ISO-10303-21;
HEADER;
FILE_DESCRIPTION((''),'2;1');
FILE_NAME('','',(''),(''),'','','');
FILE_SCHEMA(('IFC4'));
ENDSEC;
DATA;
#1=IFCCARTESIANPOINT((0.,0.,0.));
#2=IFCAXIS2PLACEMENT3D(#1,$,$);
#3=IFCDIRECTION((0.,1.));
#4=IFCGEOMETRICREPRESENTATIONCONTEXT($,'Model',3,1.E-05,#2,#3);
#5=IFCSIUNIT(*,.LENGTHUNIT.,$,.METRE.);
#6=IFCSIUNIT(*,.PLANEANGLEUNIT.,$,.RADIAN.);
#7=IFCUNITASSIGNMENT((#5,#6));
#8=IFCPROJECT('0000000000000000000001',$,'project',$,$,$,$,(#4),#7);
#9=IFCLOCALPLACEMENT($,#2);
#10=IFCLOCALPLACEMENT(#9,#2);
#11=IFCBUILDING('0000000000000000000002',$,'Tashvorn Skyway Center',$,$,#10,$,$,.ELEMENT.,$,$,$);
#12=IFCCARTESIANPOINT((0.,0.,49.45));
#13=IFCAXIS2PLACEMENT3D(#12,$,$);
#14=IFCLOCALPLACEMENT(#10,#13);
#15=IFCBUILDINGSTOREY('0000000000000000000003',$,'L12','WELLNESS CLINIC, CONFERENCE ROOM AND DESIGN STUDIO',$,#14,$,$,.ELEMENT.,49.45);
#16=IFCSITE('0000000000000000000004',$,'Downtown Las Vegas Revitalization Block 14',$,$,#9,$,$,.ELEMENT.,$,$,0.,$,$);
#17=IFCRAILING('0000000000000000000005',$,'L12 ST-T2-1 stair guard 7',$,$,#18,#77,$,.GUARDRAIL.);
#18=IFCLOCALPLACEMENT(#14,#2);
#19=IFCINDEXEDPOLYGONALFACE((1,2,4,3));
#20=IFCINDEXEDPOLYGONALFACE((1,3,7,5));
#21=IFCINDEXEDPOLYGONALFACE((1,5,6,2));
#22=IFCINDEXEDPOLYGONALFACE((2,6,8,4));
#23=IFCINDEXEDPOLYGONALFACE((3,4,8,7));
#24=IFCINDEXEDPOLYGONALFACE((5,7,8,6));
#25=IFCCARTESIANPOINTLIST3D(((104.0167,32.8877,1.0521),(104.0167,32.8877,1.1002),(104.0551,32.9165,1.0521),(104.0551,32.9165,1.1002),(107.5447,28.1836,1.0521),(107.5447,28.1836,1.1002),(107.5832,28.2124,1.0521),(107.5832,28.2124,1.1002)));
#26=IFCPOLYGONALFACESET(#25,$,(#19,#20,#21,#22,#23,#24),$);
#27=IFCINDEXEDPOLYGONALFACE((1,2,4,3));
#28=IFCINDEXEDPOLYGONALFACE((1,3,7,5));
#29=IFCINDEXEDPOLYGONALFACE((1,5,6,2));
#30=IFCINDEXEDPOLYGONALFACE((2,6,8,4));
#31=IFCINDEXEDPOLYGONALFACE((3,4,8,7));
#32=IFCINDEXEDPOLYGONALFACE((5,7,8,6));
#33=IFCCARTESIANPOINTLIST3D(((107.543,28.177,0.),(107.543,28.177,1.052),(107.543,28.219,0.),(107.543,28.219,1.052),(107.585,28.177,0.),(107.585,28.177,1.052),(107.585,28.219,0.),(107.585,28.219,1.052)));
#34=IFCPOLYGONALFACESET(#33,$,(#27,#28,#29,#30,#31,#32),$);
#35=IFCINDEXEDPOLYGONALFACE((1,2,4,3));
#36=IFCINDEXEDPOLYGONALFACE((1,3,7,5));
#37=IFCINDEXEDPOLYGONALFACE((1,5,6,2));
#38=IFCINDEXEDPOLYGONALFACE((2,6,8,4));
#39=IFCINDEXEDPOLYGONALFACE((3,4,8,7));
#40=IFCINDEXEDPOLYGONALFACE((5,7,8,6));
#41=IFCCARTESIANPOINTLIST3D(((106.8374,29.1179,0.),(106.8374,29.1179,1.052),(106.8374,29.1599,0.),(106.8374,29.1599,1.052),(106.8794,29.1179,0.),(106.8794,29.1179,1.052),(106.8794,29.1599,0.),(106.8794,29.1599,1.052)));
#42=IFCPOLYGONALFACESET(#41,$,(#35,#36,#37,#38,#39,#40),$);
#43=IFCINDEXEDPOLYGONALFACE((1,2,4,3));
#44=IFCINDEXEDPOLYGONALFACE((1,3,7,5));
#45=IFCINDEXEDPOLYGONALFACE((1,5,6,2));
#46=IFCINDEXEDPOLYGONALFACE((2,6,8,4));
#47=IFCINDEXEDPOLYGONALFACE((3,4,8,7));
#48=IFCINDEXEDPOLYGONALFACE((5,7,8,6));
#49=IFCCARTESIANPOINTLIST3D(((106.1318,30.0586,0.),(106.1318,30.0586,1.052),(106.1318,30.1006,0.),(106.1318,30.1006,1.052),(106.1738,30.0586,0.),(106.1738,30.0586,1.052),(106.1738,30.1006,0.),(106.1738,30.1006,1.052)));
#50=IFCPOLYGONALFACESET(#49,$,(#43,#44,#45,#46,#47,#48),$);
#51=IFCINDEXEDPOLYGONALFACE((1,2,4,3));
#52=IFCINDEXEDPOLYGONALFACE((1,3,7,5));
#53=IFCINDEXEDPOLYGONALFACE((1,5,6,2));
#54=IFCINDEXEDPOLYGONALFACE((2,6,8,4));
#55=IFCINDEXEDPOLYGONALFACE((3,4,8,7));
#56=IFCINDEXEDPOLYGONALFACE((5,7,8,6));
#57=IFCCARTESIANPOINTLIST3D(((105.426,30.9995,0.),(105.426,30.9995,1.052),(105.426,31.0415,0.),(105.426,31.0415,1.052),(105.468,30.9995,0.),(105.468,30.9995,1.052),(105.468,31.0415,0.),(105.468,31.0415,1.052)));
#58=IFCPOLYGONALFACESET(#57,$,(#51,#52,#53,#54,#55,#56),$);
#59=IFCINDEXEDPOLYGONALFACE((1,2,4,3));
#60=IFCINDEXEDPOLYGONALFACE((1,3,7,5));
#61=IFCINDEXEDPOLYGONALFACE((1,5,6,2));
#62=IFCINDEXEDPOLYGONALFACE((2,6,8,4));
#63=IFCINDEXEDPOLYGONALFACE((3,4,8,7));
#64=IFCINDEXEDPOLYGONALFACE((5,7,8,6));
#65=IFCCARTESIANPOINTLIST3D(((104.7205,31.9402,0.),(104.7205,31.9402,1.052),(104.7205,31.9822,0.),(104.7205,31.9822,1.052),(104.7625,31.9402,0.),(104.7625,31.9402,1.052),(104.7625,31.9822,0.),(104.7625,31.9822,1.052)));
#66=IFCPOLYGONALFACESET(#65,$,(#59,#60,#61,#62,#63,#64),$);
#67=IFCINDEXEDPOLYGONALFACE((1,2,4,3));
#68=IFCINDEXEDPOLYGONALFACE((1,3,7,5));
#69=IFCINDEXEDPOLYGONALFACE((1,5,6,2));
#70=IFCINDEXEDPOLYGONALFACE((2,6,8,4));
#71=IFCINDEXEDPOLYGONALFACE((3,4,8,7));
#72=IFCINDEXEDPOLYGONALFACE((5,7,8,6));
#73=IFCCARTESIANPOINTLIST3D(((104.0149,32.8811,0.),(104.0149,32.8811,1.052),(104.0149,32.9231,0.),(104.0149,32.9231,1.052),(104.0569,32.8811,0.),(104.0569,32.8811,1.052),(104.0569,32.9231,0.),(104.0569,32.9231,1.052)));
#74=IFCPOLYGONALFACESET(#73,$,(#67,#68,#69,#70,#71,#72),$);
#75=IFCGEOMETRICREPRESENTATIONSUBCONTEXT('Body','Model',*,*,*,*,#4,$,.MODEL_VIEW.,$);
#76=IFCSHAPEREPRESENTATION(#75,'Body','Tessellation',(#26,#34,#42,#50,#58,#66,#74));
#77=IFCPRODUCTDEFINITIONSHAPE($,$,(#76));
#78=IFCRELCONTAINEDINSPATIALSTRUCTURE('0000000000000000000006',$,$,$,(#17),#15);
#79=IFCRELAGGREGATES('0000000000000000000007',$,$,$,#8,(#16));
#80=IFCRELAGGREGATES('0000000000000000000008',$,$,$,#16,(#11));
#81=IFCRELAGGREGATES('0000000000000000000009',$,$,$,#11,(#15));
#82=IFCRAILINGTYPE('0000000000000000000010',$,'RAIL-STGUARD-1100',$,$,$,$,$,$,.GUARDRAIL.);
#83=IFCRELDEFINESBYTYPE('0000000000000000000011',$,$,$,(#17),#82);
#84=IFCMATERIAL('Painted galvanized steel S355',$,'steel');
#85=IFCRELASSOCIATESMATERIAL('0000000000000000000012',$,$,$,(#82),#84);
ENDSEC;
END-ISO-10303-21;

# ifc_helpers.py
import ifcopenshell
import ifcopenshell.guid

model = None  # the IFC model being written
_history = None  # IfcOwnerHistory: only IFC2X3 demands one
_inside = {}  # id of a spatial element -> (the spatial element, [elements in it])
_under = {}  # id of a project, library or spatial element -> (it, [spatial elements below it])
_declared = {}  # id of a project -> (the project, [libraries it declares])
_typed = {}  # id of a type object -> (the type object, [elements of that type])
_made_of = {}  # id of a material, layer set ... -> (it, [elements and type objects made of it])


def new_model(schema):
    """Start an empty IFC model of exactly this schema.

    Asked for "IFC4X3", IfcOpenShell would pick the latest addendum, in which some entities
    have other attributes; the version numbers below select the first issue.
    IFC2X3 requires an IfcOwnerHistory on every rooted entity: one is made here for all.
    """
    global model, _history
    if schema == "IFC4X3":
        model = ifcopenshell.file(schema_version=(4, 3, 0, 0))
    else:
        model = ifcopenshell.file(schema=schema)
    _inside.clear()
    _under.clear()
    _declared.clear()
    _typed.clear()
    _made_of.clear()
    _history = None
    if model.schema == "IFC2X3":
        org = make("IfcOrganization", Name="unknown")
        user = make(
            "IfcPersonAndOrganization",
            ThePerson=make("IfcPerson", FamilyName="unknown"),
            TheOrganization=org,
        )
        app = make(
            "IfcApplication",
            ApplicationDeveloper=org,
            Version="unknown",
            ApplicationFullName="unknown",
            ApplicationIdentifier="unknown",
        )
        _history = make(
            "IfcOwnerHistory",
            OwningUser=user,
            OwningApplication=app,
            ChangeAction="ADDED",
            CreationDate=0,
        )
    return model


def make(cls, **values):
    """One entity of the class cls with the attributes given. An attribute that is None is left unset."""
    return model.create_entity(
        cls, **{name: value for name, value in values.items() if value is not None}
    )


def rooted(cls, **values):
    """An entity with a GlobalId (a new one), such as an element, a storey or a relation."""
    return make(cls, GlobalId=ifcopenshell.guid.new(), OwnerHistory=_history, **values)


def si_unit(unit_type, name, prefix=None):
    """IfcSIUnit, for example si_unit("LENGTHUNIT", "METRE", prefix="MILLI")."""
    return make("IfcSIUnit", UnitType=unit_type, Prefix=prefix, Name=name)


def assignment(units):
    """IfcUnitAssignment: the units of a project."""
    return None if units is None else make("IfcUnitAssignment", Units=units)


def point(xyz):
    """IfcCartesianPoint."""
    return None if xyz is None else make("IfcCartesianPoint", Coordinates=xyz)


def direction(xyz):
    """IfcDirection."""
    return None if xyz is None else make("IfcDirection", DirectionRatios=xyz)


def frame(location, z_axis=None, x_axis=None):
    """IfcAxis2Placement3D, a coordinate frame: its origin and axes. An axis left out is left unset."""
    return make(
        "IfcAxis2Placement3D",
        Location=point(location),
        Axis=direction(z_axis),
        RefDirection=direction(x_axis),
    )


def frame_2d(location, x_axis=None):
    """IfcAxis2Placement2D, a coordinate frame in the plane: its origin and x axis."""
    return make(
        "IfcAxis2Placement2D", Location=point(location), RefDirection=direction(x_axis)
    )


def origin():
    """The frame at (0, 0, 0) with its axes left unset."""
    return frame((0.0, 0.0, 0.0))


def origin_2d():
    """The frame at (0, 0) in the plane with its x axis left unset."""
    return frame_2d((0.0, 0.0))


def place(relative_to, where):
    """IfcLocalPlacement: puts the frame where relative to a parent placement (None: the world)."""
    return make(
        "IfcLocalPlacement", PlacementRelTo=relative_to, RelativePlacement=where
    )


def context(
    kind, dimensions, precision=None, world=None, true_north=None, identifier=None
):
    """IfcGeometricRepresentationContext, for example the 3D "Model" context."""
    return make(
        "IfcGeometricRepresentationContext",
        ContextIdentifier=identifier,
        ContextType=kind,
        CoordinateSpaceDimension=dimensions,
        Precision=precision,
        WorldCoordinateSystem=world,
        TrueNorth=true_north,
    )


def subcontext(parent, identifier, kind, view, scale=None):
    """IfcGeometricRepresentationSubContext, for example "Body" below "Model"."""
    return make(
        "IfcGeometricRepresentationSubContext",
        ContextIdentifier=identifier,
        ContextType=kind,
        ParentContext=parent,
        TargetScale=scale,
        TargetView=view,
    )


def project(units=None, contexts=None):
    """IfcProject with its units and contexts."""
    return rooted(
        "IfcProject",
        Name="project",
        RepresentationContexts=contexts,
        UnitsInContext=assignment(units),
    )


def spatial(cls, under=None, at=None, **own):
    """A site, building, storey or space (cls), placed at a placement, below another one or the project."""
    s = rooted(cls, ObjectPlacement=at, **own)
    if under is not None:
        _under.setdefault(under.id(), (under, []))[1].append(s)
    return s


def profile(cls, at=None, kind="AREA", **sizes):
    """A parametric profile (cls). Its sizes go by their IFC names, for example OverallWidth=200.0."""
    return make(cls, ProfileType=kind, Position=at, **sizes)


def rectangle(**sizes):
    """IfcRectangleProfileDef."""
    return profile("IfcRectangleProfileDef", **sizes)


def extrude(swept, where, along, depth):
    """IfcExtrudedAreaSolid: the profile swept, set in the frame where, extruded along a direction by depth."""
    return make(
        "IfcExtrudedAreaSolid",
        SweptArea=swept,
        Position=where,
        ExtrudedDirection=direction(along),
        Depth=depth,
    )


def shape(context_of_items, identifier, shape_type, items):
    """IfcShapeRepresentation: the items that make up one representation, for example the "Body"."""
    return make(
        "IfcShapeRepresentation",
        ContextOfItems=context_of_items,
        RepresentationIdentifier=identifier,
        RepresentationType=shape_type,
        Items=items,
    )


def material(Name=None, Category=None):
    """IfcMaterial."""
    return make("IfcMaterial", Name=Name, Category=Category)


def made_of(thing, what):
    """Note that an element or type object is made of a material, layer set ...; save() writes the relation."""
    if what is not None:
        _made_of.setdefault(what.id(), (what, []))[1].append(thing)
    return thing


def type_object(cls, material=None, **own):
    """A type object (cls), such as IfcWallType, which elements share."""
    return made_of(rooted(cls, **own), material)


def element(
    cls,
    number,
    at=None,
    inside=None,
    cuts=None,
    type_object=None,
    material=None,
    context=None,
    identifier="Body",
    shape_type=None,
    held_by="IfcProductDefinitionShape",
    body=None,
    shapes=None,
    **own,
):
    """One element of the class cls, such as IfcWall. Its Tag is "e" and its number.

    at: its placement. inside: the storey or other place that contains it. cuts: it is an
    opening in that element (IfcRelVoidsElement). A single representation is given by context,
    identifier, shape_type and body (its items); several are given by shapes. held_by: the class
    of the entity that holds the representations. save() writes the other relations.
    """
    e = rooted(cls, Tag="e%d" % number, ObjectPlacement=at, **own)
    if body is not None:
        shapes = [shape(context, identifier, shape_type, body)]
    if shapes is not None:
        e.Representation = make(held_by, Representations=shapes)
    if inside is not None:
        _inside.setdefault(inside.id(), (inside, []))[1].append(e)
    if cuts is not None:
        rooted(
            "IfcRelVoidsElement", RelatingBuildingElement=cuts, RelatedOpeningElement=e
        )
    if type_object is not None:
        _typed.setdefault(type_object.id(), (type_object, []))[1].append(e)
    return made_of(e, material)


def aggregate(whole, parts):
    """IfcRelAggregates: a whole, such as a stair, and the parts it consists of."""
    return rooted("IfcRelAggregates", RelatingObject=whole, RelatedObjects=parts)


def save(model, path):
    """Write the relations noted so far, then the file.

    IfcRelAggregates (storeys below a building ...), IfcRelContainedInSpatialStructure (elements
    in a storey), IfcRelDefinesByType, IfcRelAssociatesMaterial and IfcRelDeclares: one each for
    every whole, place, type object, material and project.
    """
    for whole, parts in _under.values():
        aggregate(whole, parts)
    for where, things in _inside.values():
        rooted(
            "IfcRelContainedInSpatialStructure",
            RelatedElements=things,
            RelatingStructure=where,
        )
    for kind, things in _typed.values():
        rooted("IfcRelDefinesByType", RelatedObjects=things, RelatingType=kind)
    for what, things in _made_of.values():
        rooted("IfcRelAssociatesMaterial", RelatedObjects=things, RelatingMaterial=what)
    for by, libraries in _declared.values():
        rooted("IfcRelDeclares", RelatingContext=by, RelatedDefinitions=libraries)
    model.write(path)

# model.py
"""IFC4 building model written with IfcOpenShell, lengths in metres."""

from ifc_helpers import new_model, si_unit, direction, frame, origin, origin_2d, place, context, subcontext, project, spatial, rectangle, extrude, material, type_object, element, save


model = new_model("IFC4")

# Units and contexts
model_context = context("Model", 3, precision=1e-05, world=origin(), true_north=direction((0.0, 1.0)))
body_context = subcontext(model_context, "Body", "Model", "MODEL_VIEW")
ifc_project = project(units=[si_unit("LENGTHUNIT", "METRE"), si_unit("PLANEANGLEUNIT", "RADIAN")], contexts=[model_context])

# Site, building, storey
site_placement = place(None, origin())
site = spatial("IfcSite", under=ifc_project, at=site_placement, Name="Downtown Las Vegas Revitalization Block 14", CompositionType="ELEMENT", RefElevation=0.0)
building_placement = place(site_placement, origin())
building = spatial("IfcBuilding", under=site, at=building_placement, Name="Tashvorn Skyway Center", CompositionType="ELEMENT")
storey_placement = place(building_placement, frame((0.0, 0.0, 49.45)))
storey = spatial("IfcBuildingStorey", under=building, at=storey_placement, Name="L12", Description="WELLNESS CLINIC, CONFERENCE ROOM AND DESIGN STUDIO", CompositionType="ELEMENT", Elevation=49.45)

# Railing
ifc_material_1 = material(Name="Painted galvanized steel S355", Category="steel")
railing_type_1 = type_object("IfcRailingType", Name="RAIL-STGUARD-1100", PredefinedType="GUARDRAIL", material=ifc_material_1)
railing_1_placement = place(storey_placement, frame((107.564, 28.198, 0.0)))
element("IfcRailing", 1, at=railing_1_placement, inside=storey, type_object=railing_type_1, Name="L12 ST-T2-1 stair guard 7", PredefinedType="GUARDRAIL", context=body_context, shape_type="SweptSolid", body=[
    extrude(rectangle(XDim=0.0481, YDim=0.0481, at=origin_2d()), frame((0.0, 0.0, 1.0762), z_axis=(-0.6, 0.8, 0.0), x_axis=(-0.8, -0.6, 0.0)), (0.0, 0.0, 1.0), 5.8801),
    extrude(rectangle(XDim=0.042, YDim=0.042, at=origin_2d()), origin(), (0.0, 0.0, 1.0), 1.052),
    extrude(rectangle(XDim=0.042, YDim=0.042, at=origin_2d()), frame((-0.7056, 0.9409, 0.0)), (0.0, 0.0, 1.0), 1.052),
    extrude(rectangle(XDim=0.042, YDim=0.042, at=origin_2d()), frame((-1.4111, 1.8816, 0.0)), (0.0, 0.0, 1.0), 1.052),
    extrude(rectangle(XDim=0.042, YDim=0.042, at=origin_2d()), frame((-2.1169, 2.8225, 0.0)), (0.0, 0.0, 1.0), 1.052),
    extrude(rectangle(XDim=0.042, YDim=0.042, at=origin_2d()), frame((-2.8225, 3.7632, 0.0)), (0.0, 0.0, 1.0), 1.052),
    extrude(rectangle(XDim=0.042, YDim=0.042, at=origin_2d()), frame((-3.5281, 4.7041, 0.0)), (0.0, 0.0, 1.0), 1.052),
])

save(model, "model.ifc")
